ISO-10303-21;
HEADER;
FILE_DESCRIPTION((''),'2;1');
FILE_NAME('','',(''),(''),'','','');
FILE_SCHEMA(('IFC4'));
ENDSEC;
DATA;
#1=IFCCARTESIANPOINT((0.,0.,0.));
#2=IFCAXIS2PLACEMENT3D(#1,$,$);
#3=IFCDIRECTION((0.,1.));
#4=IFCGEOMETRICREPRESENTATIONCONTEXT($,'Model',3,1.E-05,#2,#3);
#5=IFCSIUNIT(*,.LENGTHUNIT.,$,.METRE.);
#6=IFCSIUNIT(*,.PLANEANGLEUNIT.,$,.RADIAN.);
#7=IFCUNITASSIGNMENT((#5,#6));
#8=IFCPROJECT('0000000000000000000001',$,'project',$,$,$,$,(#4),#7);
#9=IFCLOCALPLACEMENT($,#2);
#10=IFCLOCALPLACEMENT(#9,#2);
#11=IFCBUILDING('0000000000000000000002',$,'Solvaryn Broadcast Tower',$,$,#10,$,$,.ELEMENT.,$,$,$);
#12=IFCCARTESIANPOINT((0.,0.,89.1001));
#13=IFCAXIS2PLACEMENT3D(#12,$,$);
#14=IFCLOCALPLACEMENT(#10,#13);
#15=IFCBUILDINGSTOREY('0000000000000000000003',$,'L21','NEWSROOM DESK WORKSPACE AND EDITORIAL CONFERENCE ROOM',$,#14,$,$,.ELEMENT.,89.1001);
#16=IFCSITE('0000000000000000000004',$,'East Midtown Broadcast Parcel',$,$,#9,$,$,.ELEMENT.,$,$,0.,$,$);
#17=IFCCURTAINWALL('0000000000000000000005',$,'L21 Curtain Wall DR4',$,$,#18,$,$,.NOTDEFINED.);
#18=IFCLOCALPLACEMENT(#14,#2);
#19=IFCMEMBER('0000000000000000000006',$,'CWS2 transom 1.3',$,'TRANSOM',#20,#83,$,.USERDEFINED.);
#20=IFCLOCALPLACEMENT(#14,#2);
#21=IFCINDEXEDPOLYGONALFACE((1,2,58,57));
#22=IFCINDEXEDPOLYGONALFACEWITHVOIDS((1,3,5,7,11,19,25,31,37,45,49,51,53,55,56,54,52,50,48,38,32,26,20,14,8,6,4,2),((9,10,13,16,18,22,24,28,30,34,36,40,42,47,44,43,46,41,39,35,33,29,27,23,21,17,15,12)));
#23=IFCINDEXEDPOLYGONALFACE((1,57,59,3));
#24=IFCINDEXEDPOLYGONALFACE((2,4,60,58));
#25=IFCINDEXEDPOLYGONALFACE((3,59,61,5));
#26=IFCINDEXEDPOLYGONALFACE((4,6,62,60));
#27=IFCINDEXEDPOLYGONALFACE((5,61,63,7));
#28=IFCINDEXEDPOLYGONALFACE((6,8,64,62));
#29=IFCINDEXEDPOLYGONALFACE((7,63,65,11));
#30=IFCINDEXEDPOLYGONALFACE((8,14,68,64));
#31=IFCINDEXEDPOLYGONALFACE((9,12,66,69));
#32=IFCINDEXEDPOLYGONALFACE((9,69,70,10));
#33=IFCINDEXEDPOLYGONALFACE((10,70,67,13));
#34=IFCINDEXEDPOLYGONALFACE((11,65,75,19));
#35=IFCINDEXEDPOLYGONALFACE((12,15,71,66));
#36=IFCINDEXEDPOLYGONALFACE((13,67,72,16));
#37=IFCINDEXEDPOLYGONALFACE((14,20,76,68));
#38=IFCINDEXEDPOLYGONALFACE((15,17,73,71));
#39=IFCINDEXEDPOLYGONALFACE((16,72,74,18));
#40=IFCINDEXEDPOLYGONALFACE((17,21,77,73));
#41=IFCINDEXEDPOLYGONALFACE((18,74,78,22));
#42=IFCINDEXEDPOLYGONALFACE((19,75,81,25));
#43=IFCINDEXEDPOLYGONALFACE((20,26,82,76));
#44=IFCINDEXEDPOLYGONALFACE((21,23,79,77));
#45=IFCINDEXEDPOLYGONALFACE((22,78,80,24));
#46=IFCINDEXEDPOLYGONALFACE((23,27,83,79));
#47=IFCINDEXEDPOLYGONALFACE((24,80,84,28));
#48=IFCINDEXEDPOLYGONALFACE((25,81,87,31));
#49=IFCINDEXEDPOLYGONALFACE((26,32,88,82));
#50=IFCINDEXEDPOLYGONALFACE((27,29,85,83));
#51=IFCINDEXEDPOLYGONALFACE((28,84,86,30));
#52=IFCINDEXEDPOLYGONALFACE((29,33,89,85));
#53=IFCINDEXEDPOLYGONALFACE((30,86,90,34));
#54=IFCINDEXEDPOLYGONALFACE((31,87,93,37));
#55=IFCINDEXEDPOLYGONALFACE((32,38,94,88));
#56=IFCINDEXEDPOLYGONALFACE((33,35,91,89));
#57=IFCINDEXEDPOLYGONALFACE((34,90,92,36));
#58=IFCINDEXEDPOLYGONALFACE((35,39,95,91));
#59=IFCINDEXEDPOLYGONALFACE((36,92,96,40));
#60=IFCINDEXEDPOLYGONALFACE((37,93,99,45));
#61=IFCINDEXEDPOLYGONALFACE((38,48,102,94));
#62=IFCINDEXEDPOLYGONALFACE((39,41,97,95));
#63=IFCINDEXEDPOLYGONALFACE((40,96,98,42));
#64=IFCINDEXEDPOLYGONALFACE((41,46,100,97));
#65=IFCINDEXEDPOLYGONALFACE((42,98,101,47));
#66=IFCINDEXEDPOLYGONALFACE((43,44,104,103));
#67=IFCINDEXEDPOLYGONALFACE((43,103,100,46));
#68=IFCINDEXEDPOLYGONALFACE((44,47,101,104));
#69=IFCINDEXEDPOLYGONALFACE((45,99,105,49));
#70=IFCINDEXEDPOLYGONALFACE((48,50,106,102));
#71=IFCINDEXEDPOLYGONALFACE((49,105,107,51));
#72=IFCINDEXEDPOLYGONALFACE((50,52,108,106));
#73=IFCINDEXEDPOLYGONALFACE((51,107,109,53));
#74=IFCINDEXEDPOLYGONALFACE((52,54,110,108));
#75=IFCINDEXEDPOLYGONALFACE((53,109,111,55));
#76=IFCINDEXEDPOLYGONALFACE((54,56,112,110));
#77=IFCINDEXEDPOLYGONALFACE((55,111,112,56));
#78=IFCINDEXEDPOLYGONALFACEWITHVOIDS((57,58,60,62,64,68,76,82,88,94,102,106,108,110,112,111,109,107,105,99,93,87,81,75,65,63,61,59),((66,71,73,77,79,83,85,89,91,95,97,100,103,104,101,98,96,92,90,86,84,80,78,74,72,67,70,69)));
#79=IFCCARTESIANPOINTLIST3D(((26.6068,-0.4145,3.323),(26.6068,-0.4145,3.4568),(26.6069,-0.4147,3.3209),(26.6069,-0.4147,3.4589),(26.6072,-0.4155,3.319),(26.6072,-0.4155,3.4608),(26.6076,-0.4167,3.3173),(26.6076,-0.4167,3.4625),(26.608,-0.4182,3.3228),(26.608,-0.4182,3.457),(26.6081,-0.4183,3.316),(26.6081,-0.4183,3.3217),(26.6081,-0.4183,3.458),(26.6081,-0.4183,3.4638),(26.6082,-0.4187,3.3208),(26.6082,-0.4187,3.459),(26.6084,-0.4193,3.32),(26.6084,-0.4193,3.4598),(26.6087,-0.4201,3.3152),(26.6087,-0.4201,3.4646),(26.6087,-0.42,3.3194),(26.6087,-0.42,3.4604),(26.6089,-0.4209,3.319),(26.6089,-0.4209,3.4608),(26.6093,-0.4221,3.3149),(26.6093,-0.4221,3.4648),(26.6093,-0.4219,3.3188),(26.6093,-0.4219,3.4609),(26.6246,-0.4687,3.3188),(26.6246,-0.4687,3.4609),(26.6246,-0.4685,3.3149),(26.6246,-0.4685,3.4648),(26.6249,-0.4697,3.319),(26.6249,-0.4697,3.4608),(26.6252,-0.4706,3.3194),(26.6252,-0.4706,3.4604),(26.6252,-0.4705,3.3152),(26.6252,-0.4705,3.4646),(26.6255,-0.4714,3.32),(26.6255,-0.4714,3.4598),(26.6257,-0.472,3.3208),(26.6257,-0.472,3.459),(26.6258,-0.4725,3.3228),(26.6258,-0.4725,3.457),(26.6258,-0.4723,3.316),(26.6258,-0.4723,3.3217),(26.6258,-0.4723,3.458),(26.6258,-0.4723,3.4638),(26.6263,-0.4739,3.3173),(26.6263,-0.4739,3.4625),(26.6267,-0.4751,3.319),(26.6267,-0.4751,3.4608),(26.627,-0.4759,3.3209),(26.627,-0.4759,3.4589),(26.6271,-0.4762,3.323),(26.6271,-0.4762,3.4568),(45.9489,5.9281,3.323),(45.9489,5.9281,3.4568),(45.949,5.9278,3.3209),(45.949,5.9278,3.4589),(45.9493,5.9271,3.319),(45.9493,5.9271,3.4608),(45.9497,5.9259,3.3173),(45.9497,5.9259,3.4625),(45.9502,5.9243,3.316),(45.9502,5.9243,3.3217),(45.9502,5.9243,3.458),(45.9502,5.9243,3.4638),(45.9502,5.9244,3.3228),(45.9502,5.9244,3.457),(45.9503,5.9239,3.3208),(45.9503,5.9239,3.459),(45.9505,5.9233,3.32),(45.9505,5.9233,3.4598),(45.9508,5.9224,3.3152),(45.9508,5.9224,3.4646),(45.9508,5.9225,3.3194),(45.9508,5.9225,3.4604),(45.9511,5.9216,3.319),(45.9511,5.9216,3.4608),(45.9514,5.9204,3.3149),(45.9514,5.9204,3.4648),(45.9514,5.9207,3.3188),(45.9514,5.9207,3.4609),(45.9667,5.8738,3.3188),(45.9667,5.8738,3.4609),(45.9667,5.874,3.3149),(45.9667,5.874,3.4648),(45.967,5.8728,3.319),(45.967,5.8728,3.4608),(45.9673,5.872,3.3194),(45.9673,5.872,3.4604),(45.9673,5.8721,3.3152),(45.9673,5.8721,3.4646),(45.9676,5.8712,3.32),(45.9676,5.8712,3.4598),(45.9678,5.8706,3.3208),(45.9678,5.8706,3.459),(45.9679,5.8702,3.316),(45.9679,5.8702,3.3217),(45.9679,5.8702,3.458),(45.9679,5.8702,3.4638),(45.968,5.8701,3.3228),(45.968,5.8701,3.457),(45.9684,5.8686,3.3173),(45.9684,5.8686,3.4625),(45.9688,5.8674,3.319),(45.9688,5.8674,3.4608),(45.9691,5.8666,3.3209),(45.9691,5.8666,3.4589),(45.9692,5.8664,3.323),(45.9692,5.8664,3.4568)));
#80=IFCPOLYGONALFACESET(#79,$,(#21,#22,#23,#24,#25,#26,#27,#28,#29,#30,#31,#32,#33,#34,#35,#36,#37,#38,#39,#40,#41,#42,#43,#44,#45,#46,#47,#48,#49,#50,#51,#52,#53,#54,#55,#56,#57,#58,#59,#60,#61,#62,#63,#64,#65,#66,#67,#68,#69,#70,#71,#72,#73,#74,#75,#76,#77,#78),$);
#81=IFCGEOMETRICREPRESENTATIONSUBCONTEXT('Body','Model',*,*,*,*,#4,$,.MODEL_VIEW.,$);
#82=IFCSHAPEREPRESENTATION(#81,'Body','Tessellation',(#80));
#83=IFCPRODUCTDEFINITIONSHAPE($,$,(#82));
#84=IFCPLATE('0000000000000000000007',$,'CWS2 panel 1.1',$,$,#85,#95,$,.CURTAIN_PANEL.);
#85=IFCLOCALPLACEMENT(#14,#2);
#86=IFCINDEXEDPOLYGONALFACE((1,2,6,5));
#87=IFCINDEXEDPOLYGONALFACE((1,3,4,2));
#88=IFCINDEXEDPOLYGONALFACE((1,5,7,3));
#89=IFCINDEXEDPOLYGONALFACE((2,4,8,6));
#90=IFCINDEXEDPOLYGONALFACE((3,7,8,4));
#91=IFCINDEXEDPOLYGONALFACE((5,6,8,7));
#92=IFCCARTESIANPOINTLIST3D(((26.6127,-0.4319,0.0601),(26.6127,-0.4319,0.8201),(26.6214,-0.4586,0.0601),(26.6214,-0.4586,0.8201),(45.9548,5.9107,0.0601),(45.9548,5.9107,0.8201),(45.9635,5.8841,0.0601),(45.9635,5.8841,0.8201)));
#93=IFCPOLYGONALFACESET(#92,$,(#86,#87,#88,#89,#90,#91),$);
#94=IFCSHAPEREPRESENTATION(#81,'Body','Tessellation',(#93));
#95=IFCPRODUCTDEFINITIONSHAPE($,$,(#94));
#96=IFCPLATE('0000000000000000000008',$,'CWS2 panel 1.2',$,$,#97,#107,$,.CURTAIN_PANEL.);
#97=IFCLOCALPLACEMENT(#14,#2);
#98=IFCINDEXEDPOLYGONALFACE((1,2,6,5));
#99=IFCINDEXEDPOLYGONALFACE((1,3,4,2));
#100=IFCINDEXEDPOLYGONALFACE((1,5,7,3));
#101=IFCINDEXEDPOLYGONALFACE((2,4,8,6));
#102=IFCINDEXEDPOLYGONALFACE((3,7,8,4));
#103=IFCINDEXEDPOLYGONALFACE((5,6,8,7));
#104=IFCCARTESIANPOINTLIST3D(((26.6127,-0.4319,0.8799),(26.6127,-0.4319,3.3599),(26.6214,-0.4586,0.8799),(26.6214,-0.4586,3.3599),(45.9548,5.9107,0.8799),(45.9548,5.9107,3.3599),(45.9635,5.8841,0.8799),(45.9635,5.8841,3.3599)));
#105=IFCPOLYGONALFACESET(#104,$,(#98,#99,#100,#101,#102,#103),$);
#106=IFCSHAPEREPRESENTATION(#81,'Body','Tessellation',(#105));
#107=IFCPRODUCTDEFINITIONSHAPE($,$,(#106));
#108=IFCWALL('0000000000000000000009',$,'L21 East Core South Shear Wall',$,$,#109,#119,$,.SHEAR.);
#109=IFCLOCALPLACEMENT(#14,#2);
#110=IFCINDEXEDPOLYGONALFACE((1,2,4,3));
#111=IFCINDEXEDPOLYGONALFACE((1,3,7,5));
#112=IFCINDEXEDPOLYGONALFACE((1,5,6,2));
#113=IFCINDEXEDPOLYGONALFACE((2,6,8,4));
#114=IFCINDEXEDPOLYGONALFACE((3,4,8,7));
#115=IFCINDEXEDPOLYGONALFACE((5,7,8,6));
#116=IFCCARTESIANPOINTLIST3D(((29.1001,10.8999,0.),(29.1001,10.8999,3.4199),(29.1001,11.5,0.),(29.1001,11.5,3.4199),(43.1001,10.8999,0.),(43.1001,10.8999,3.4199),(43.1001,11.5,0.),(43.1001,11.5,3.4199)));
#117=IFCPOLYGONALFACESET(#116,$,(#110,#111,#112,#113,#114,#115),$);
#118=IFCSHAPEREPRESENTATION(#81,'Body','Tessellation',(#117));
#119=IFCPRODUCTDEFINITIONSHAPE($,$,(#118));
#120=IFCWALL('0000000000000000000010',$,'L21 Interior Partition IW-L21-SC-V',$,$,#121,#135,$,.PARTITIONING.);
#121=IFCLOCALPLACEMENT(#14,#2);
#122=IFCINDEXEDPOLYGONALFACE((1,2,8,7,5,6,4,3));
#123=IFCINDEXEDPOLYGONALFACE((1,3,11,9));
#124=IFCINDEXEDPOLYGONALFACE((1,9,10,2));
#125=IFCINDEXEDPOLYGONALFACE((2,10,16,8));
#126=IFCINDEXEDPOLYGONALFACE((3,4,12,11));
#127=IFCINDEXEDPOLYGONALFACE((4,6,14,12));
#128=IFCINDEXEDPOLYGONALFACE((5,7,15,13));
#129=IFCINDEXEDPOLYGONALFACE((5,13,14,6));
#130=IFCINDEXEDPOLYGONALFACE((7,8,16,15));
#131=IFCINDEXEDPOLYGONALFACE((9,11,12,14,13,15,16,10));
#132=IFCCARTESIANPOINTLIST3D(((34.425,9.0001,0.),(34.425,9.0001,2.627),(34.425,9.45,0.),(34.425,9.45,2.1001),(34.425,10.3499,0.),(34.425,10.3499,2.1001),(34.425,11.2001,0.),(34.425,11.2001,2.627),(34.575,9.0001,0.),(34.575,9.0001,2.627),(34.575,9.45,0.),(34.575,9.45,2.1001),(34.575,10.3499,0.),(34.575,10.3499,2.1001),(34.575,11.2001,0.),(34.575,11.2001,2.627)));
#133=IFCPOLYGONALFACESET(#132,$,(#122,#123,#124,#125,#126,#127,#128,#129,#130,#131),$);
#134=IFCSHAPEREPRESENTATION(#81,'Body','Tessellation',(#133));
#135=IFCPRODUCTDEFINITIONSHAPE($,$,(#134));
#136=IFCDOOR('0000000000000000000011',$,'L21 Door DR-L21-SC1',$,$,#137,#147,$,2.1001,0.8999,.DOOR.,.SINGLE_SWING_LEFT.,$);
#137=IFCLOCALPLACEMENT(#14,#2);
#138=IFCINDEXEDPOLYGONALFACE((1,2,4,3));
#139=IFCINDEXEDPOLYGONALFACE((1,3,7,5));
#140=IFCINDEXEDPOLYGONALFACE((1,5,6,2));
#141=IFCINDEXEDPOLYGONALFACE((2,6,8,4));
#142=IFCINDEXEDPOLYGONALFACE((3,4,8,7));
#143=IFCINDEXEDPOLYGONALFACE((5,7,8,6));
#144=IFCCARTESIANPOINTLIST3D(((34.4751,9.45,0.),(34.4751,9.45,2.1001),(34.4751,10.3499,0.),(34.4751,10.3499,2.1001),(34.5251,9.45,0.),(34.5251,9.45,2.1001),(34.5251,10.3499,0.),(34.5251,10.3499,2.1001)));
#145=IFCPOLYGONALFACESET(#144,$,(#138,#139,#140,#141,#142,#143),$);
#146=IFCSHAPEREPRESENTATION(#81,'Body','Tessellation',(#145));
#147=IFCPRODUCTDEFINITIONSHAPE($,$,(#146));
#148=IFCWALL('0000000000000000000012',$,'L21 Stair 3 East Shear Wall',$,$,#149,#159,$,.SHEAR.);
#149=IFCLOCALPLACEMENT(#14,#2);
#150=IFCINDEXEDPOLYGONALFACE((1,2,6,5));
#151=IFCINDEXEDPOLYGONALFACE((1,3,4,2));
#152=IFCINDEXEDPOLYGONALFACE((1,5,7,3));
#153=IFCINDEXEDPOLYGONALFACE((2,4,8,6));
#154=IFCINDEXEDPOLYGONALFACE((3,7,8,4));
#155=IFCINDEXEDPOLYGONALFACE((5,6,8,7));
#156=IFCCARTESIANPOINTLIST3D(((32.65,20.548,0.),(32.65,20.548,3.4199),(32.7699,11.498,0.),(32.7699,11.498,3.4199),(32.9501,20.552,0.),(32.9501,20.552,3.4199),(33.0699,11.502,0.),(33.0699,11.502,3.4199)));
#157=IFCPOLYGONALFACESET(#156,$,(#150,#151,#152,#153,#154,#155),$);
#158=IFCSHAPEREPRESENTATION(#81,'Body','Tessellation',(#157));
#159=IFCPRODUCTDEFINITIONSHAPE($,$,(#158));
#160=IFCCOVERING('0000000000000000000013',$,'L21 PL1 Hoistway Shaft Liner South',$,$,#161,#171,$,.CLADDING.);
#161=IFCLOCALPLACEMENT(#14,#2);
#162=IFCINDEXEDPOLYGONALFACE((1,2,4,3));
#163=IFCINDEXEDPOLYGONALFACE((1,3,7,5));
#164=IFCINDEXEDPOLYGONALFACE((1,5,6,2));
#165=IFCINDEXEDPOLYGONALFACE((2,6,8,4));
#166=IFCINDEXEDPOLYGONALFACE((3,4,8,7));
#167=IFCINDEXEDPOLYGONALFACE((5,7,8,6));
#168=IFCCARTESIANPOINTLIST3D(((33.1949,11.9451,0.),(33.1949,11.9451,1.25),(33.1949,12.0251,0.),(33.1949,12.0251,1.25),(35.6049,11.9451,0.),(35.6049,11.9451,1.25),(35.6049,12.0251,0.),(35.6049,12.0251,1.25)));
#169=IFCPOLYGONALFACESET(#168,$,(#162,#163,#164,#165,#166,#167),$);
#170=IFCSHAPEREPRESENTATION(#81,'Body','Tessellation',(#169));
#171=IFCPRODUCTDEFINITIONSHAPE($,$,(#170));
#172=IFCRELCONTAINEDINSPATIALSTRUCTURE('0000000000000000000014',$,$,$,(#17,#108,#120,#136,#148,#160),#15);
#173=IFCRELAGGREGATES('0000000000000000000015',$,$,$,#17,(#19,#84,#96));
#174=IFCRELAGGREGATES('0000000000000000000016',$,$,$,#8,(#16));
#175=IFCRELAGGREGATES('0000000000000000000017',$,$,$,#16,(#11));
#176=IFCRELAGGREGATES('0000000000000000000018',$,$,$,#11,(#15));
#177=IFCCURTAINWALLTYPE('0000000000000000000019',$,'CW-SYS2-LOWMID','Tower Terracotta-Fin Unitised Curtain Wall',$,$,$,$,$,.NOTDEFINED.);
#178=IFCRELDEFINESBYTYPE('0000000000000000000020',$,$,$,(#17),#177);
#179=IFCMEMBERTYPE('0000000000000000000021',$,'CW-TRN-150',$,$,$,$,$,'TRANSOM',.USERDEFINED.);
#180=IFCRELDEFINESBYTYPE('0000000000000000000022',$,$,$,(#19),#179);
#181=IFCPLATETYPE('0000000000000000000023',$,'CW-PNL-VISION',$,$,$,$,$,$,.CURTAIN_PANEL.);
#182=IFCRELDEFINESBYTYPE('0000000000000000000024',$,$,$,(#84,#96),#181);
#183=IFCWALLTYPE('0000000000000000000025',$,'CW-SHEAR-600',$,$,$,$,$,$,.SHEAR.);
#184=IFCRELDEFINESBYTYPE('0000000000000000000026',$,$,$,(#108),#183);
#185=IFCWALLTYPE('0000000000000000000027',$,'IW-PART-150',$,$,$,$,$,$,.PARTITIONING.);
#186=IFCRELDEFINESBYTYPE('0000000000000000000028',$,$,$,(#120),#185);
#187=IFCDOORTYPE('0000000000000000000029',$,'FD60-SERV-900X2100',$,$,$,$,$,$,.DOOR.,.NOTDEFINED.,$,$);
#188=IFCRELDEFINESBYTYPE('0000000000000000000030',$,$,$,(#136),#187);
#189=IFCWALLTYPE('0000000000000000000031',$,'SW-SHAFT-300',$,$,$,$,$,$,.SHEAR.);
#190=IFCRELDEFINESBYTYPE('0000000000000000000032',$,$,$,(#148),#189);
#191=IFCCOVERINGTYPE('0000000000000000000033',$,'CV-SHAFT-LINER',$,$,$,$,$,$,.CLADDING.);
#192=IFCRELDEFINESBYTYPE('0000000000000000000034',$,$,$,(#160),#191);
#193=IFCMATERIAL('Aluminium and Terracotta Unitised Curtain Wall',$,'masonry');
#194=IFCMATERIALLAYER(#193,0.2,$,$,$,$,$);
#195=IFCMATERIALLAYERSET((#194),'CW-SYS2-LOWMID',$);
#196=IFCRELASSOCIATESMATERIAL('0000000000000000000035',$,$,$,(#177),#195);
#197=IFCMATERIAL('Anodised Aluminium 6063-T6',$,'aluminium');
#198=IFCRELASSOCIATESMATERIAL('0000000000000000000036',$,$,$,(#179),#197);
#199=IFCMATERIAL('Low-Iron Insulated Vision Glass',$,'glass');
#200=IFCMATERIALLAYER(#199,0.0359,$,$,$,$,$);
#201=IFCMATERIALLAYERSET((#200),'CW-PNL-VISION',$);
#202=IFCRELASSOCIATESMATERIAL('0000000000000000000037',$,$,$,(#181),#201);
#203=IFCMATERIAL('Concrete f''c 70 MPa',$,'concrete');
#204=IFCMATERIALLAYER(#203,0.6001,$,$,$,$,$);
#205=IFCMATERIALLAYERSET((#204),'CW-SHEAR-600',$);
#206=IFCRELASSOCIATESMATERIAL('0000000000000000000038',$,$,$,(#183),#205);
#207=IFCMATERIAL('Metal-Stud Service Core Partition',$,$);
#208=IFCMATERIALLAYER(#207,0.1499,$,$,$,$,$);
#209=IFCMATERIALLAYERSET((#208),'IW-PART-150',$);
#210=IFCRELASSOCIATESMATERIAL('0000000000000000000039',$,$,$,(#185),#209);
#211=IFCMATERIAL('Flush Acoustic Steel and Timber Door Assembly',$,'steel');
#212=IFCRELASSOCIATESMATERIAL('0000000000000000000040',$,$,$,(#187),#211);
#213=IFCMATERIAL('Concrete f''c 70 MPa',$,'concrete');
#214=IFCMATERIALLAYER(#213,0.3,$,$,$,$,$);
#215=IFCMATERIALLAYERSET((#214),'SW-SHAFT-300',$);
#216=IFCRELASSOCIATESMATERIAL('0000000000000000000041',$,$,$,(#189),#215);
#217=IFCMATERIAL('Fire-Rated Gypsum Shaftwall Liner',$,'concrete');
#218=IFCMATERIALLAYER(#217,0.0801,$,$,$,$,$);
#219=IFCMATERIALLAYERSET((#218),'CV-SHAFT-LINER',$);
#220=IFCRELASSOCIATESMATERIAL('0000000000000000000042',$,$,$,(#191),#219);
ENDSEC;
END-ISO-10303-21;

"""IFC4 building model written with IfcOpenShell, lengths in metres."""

from ifc_helpers import new_model, si_unit, direction, frame, frame_2d, origin, origin_2d, place, context, subcontext, project, spatial, rectangle, hollow_rectangle, extrude, material, layer, layer_set, material_profile, profile_set, type_object, element, fill, aggregate, save


model = new_model("IFC4")

# Units and contexts
model_context = context("Model", 3, precision=1e-05, world=origin(), true_north=direction((0.0, 1.0)))
body_context = subcontext(model_context, "Body", "Model", "MODEL_VIEW")
ifc_project = project(units=[si_unit("LENGTHUNIT", "METRE"), si_unit("PLANEANGLEUNIT", "RADIAN")], contexts=[model_context])

# Site, building, storey
site_placement = place(None, origin())
site = spatial("IfcSite", under=ifc_project, at=site_placement, Name="East Midtown Broadcast Parcel", CompositionType="ELEMENT", RefElevation=0.0)
building_placement = place(site_placement, origin())
building = spatial("IfcBuilding", under=site, at=building_placement, Name="Solvaryn Broadcast Tower", CompositionType="ELEMENT")
storey_placement = place(building_placement, frame((0.0, 0.0, 89.1001)))
storey = spatial("IfcBuildingStorey", under=building, at=storey_placement, Name="L21", Description="NEWSROOM DESK WORKSPACE AND EDITORIAL CONFERENCE ROOM", CompositionType="ELEMENT", Elevation=89.1001)

# Shared definitions
ifc_material_1 = material(Name="Aluminium and Terracotta Unitised Curtain Wall", Category="masonry")
ifc_layer_1 = layer(ifc_material_1, 0.2)
ifc_layer_set_1 = layer_set([ifc_layer_1], Name="CW-SYS2-LOWMID")
curtain_wall_type = type_object("IfcCurtainWallType", Name="CW-SYS2-LOWMID", Description="Tower Terracotta-Fin Unitised Curtain Wall", PredefinedType="NOTDEFINED", material=ifc_layer_set_1)

# Curtain wall, member, plates
curtain_wall_1_placement = place(storey_placement, origin())
curtain_wall_1 = element("IfcCurtainWall", 1, at=curtain_wall_1_placement, inside=storey, type_object=curtain_wall_type, Name="L21 Curtain Wall DR4", PredefinedType="NOTDEFINED")
ifc_material_2 = material(Name="Anodised Aluminium 6063-T6", Category="aluminium")
ifc_material_profile_1 = material_profile(ifc_material_2, hollow_rectangle(XDim=0.0649, YDim=0.1499, WallThickness=0.0039, InnerFilletRadius=0.0039, OuterFilletRadius=0.0081, at=origin_2d()))
ifc_profile_set_1 = profile_set([ifc_material_profile_1], Name="Anodised Aluminium 6063-T6")
member_type_1 = type_object("IfcMemberType", Name="CW-TRN-150", ElementType="TRANSOM", PredefinedType="USERDEFINED", material=ifc_profile_set_1)
member_1_placement = place(storey_placement, frame((26.6169, -0.4453, 3.3899), z_axis=(0.950217, 0.31159, 0.0), x_axis=(-0.31159, 0.950217, 0.0)))
member_1 = element("IfcMember", 2, at=member_1_placement, type_object=member_type_1, Name="CWS2 transom 1.3", ObjectType="TRANSOM", PredefinedType="USERDEFINED", context=body_context, shape_type="SweptSolid", body=[
    extrude(hollow_rectangle(XDim=0.0649, YDim=0.1499, WallThickness=0.0039, InnerFilletRadius=0.0039, OuterFilletRadius=0.0081, at=origin_2d()), origin(), (0.0, 0.0, 1.0), 20.3555),
])
ifc_material_3 = material(Name="Low-Iron Insulated Vision Glass", Category="glass")
ifc_layer_2 = layer(ifc_material_3, 0.0359)
ifc_layer_set_2 = layer_set([ifc_layer_2], Name="CW-PNL-VISION")
plate_type = type_object("IfcPlateType", Name="CW-PNL-VISION", PredefinedType="CURTAIN_PANEL", material=ifc_layer_set_2)
plate_1_placement = place(storey_placement, frame((36.2881, 2.7261, 0.0601), z_axis=(0.0, 0.0, 1.0), x_axis=(0.950215, 0.311594, 0.0)))
plate_1 = element("IfcPlate", 3, at=plate_1_placement, type_object=plate_type, Name="CWS2 panel 1.1", PredefinedType="CURTAIN_PANEL", context=body_context, shape_type="SweptSolid", body=[
    extrude(rectangle(XDim=20.3555, YDim=0.0281, at=origin_2d()), origin(), (0.0, 0.0, 1.0), 0.76),
])
plate_2_placement = place(storey_placement, frame((36.2881, 2.7261, 0.8799), z_axis=(0.0, 0.0, 1.0), x_axis=(0.950215, 0.311594, 0.0)))
plate_2 = element("IfcPlate", 4, at=plate_2_placement, type_object=plate_type, Name="CWS2 panel 1.2", PredefinedType="CURTAIN_PANEL", context=body_context, shape_type="SweptSolid", body=[
    extrude(rectangle(XDim=20.3555, YDim=0.0281, at=origin_2d()), origin(), (0.0, 0.0, 1.0), 2.48),
])
aggregate(curtain_wall_1, [member_1, plate_1, plate_2])

# Wall
ifc_material_4 = material(Name="Concrete f'c 70 MPa", Category="concrete")
ifc_layer_3 = layer(ifc_material_4, 0.6001)
ifc_layer_set_3 = layer_set([ifc_layer_3], Name="CW-SHEAR-600")
wall_type_1 = type_object("IfcWallType", Name="CW-SHEAR-600", PredefinedType="SHEAR", material=ifc_layer_set_3)
wall_1_placement = place(storey_placement, frame((29.1001, 11.2, 0.0), z_axis=(0.0, 0.0, 1.0), x_axis=(1.0, 0.0, 0.0)))
element("IfcWall", 5, at=wall_1_placement, inside=storey, type_object=wall_type_1, Name="L21 East Core South Shear Wall", PredefinedType="SHEAR", context=body_context, shape_type="SweptSolid", body=[
    extrude(rectangle(XDim=14.0, YDim=0.6001, at=frame_2d((7.0, 0.0))), origin(), (0.0, 0.0, 1.0), 3.4199),
])

# Wall, opening, door
ifc_material_5 = material(Name="Metal-Stud Service Core Partition")
ifc_layer_4 = layer(ifc_material_5, 0.1499)
ifc_layer_set_4 = layer_set([ifc_layer_4], Name="IW-PART-150")
wall_type_2 = type_object("IfcWallType", Name="IW-PART-150", PredefinedType="PARTITIONING", material=ifc_layer_set_4)
wall_2_placement = place(storey_placement, frame((34.5, 9.0, 0.0), z_axis=(0.0, 0.0, 1.0), x_axis=(0.0, 1.0, 0.0)))
wall_2 = element("IfcWall", 6, at=wall_2_placement, inside=storey, type_object=wall_type_2, Name="L21 Interior Partition IW-L21-SC-V", PredefinedType="PARTITIONING", context=body_context, shape_type="SweptSolid", body=[
    extrude(rectangle(XDim=2.2, YDim=0.1499, at=frame_2d((1.1001, 0.0))), origin(), (0.0, 0.0, 1.0), 2.627),
])
opening_placement = place(wall_2_placement, frame((0.45, 0.0, 0.0)))
opening = element("IfcOpeningElement", 7, at=opening_placement, cuts=wall_2, PredefinedType="OPENING", context=body_context, shape_type="SweptSolid", body=[
    extrude(rectangle(XDim=0.8999, YDim=2.1001, at=frame_2d((0.45, 1.05))), frame((0.0, 0.085, 0.0), z_axis=(0.0, -1.0, 0.0), x_axis=(1.0, 0.0, 0.0)), (0.0, 0.0, 1.0), 0.1699),
])
ifc_material_6 = material(Name="Flush Acoustic Steel and Timber Door Assembly", Category="steel")
door_type = type_object("IfcDoorType", Name="FD60-SERV-900X2100", OperationType="NOTDEFINED", PredefinedType="DOOR", material=ifc_material_6)
door_placement = place(opening_placement, origin())
door = element("IfcDoor", 8, at=door_placement, inside=storey, type_object=door_type, Name="L21 Door DR-L21-SC1", OperationType="SINGLE_SWING_LEFT", OverallHeight=2.1001, OverallWidth=0.8999, PredefinedType="DOOR", context=body_context, shape_type="SweptSolid", body=[
    extrude(rectangle(XDim=0.8999, YDim=2.1001, at=frame_2d((0.45, 1.05))), frame((0.0, 0.0249, 0.0), z_axis=(0.0, -1.0, 0.0), x_axis=(1.0, 0.0, 0.0)), (0.0, 0.0, 1.0), 0.05),
])
fill(opening, door)

# Wall
ifc_material_7 = material(Name="Concrete f'c 70 MPa", Category="concrete")
ifc_layer_5 = layer(ifc_material_7, 0.3)
ifc_layer_set_5 = layer_set([ifc_layer_5], Name="SW-SHAFT-300")
wall_type_3 = type_object("IfcWallType", Name="SW-SHAFT-300", PredefinedType="SHEAR", material=ifc_layer_set_5)
wall_3_placement = place(storey_placement, frame((32.9199, 11.5, 0.0), z_axis=(0.0, 0.0, 1.0), x_axis=(-0.013244, 0.999912, 0.0)))
element("IfcWall", 9, at=wall_3_placement, inside=storey, type_object=wall_type_3, Name="L21 Stair 3 East Shear Wall", PredefinedType="SHEAR", context=body_context, shape_type="SweptSolid", body=[
    extrude(rectangle(XDim=9.0508, YDim=0.3, at=frame_2d((4.5254, 0.0))), origin(), (0.0, 0.0, 1.0), 3.4199),
])

# Covering
ifc_material_8 = material(Name="Fire-Rated Gypsum Shaftwall Liner", Category="concrete")
ifc_layer_6 = layer(ifc_material_8, 0.0801)
ifc_layer_set_6 = layer_set([ifc_layer_6], Name="CV-SHAFT-LINER")
covering_type_1 = type_object("IfcCoveringType", Name="CV-SHAFT-LINER", PredefinedType="CLADDING", material=ifc_layer_set_6)
covering_1_placement = place(storey_placement, frame((34.3999, 11.9851, 0.0), z_axis=(0.0, 0.0, 1.0), x_axis=(1.0, 0.0, 0.0)))
element("IfcCovering", 10, at=covering_1_placement, inside=storey, type_object=covering_type_1, Name="L21 PL1 Hoistway Shaft Liner South", PredefinedType="CLADDING", context=body_context, shape_type="SweptSolid", body=[
    extrude(rectangle(XDim=2.4099, YDim=0.0801, at=origin_2d()), origin(), (0.0, 0.0, 1.0), 1.25),
])

save(model, "model.ifc")
